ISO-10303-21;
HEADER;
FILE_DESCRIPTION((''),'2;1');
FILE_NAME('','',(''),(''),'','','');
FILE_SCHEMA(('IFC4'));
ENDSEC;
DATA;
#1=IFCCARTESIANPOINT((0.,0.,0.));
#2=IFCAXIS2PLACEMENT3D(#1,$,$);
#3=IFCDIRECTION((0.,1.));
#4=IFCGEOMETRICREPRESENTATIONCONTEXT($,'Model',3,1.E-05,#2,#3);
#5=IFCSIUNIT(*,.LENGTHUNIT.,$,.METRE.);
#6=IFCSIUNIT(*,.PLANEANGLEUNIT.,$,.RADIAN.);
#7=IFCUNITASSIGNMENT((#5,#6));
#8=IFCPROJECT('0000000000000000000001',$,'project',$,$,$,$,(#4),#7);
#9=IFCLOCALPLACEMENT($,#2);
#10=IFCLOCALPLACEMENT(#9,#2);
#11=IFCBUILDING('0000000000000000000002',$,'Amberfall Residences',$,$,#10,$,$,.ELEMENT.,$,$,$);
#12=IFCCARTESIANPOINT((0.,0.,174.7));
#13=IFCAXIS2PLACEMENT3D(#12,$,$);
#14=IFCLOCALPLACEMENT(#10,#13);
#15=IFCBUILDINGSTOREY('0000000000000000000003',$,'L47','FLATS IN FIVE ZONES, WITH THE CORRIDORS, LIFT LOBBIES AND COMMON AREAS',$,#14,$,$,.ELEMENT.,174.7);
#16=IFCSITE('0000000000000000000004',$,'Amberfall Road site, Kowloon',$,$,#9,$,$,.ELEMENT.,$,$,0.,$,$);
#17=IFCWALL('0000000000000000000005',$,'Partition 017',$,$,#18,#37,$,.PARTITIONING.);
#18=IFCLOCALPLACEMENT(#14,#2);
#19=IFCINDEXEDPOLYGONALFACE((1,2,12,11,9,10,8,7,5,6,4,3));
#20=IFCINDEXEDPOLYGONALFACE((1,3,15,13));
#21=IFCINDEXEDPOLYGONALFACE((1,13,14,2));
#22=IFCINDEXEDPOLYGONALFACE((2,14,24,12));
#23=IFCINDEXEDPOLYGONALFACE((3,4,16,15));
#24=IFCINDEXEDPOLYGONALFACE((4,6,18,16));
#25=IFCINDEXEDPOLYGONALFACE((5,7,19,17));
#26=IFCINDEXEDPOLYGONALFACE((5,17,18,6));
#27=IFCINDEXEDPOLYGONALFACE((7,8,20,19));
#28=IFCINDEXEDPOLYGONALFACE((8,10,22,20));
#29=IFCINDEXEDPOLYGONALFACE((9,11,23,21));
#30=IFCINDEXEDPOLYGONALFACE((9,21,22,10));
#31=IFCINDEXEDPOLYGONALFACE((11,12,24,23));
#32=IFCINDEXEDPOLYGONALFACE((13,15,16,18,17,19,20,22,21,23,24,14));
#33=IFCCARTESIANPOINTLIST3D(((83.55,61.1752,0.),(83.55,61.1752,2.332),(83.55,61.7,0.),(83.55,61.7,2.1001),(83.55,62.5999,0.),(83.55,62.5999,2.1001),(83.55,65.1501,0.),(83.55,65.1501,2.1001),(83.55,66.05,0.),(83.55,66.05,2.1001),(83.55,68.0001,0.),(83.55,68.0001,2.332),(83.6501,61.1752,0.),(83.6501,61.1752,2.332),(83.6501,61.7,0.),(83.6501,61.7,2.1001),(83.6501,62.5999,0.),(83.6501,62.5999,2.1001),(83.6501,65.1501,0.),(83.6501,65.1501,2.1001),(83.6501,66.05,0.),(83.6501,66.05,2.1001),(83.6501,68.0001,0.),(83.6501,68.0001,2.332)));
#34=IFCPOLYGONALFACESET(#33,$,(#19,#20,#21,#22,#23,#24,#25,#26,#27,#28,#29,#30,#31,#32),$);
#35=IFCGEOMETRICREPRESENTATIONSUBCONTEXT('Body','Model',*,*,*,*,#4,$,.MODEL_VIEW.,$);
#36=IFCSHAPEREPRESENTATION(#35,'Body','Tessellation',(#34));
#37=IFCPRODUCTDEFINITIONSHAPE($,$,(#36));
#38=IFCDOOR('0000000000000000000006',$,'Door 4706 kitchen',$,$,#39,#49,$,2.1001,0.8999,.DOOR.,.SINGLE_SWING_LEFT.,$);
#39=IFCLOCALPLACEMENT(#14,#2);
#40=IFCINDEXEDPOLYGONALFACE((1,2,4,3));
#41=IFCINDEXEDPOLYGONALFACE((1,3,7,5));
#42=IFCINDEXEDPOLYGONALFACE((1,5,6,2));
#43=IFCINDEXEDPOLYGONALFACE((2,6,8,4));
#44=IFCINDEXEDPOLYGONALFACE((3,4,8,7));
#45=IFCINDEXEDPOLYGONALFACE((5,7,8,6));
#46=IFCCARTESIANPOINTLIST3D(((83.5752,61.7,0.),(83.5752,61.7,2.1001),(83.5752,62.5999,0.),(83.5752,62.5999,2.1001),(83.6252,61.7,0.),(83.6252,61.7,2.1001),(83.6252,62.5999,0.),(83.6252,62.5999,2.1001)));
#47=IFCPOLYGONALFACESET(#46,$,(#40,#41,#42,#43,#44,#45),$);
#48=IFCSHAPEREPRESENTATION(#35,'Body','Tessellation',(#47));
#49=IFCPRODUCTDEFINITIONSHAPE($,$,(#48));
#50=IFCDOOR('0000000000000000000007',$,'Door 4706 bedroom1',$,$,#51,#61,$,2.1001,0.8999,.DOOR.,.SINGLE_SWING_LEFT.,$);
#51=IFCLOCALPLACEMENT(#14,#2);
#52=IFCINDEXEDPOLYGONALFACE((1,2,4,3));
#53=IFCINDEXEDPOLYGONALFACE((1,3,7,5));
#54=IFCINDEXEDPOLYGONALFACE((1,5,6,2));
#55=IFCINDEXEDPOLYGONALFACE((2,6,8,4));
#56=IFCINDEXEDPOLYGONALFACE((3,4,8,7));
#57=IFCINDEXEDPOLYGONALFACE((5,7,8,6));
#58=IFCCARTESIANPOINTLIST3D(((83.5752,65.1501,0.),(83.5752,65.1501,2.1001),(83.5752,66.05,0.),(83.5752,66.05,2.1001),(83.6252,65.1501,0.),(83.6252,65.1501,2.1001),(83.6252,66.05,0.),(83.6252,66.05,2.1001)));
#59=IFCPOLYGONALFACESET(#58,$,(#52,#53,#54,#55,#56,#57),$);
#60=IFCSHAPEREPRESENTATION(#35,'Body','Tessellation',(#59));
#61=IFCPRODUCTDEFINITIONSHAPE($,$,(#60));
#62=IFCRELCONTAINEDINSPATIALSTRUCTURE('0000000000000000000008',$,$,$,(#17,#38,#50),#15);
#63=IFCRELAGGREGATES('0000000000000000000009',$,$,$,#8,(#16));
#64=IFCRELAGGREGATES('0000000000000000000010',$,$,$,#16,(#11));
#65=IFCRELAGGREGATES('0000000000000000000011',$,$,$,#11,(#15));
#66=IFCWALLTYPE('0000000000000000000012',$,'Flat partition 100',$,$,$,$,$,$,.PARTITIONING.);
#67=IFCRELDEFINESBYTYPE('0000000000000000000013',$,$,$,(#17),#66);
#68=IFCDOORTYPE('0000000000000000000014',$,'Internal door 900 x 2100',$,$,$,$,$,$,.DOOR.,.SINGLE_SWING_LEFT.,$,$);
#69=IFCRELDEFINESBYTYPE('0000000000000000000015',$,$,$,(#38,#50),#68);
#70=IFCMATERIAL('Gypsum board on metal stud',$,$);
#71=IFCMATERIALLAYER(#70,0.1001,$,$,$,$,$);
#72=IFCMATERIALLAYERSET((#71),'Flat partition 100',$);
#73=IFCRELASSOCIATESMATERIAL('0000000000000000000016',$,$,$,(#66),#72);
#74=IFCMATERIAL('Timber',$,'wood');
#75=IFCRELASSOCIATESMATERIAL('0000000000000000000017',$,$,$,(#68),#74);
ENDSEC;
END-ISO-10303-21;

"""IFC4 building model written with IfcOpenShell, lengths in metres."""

from ifc_helpers import new_model, si_unit, direction, frame, frame_2d, origin, place, context, subcontext, project, spatial, rectangle, extrude, material, layer, layer_set, type_object, element, fill, save


model = new_model("IFC4")

# Units and contexts
model_context = context("Model", 3, precision=1e-05, world=origin(), true_north=direction((0.0, 1.0)))
body_context = subcontext(model_context, "Body", "Model", "MODEL_VIEW")
ifc_project = project(units=[si_unit("LENGTHUNIT", "METRE"), si_unit("PLANEANGLEUNIT", "RADIAN")], contexts=[model_context])

# Site, building, storey
site_placement = place(None, origin())
site = spatial("IfcSite", under=ifc_project, at=site_placement, Name="Amberfall Road site, Kowloon", CompositionType="ELEMENT", RefElevation=0.0)
building_placement = place(site_placement, origin())
building = spatial("IfcBuilding", under=site, at=building_placement, Name="Amberfall Residences", CompositionType="ELEMENT")
storey_placement = place(building_placement, frame((0.0, 0.0, 174.7)))
storey = spatial("IfcBuildingStorey", under=building, at=storey_placement, Name="L47", Description="FLATS IN FIVE ZONES, WITH THE CORRIDORS, LIFT LOBBIES AND COMMON AREAS", CompositionType="ELEMENT", Elevation=174.7)

# Wall, openings, doors
ifc_material_1 = material(Name="Gypsum board on metal stud")
ifc_layer_1 = layer(ifc_material_1, 0.1001)
ifc_layer_set_1 = layer_set([ifc_layer_1], Name="Flat partition 100")
wall_type_1 = type_object("IfcWallType", Name="Flat partition 100", PredefinedType="PARTITIONING", material=ifc_layer_set_1)
wall_1_placement = place(storey_placement, frame((83.6001, 61.175, 0.0), z_axis=(0.0, 0.0, 1.0), x_axis=(0.0, 1.0, 0.0)))
wall_1 = element("IfcWall", 1, at=wall_1_placement, inside=storey, type_object=wall_type_1, Name="Partition 017", PredefinedType="PARTITIONING", context=body_context, shape_type="SweptSolid", body=[
    extrude(rectangle(XDim=6.825, YDim=0.1001, at=frame_2d((3.4126, 0.0))), origin(), (0.0, 0.0, 1.0), 2.332),
])
opening_1_placement = place(wall_1_placement, frame((0.5249, 0.0, 0.0)))
opening_1 = element("IfcOpeningElement", 2, at=opening_1_placement, cuts=wall_1, PredefinedType="OPENING", context=body_context, shape_type="SweptSolid", body=[
    extrude(rectangle(XDim=0.8999, YDim=2.1001, at=frame_2d((0.45, 1.05))), frame((0.0, 0.0601, 0.0), z_axis=(0.0, -1.0, 0.0), x_axis=(1.0, 0.0, 0.0)), (0.0, 0.0, 1.0), 0.1201),
])
opening_2_placement = place(wall_1_placement, frame((3.9751, 0.0, 0.0)))
opening_2 = element("IfcOpeningElement", 3, at=opening_2_placement, cuts=wall_1, PredefinedType="OPENING", context=body_context, shape_type="SweptSolid", body=[
    extrude(rectangle(XDim=0.8999, YDim=2.1001, at=frame_2d((0.45, 1.05))), frame((0.0, 0.0601, 0.0), z_axis=(0.0, -1.0, 0.0), x_axis=(1.0, 0.0, 0.0)), (0.0, 0.0, 1.0), 0.1201),
])
ifc_material_2 = material(Name="Timber", Category="wood")
door_type_1 = type_object("IfcDoorType", Name="Internal door 900 x 2100", OperationType="SINGLE_SWING_LEFT", PredefinedType="DOOR", material=ifc_material_2)
door_1_placement = place(opening_1_placement, origin())
door_1 = element("IfcDoor", 4, at=door_1_placement, inside=storey, type_object=door_type_1, Name="Door 4706 kitchen", OperationType="SINGLE_SWING_LEFT", OverallHeight=2.1001, OverallWidth=0.8999, PredefinedType="DOOR", context=body_context, shape_type="SweptSolid", body=[
    extrude(rectangle(XDim=0.8999, YDim=2.1001, at=frame_2d((0.45, 1.05))), frame((0.0, 0.0249, 0.0), z_axis=(0.0, -1.0, 0.0), x_axis=(1.0, 0.0, 0.0)), (0.0, 0.0, 1.0), 0.05),
])
fill(opening_1, door_1)
door_2_placement = place(opening_2_placement, origin())
door_2 = element("IfcDoor", 5, at=door_2_placement, inside=storey, type_object=door_type_1, Name="Door 4706 bedroom1", OperationType="SINGLE_SWING_LEFT", OverallHeight=2.1001, OverallWidth=0.8999, PredefinedType="DOOR", context=body_context, shape_type="SweptSolid", body=[
    extrude(rectangle(XDim=0.8999, YDim=2.1001, at=frame_2d((0.45, 1.05))), frame((0.0, 0.0249, 0.0), z_axis=(0.0, -1.0, 0.0), x_axis=(1.0, 0.0, 0.0)), (0.0, 0.0, 1.0), 0.05),
])
fill(opening_2, door_2)

save(model, "model.ifc")
